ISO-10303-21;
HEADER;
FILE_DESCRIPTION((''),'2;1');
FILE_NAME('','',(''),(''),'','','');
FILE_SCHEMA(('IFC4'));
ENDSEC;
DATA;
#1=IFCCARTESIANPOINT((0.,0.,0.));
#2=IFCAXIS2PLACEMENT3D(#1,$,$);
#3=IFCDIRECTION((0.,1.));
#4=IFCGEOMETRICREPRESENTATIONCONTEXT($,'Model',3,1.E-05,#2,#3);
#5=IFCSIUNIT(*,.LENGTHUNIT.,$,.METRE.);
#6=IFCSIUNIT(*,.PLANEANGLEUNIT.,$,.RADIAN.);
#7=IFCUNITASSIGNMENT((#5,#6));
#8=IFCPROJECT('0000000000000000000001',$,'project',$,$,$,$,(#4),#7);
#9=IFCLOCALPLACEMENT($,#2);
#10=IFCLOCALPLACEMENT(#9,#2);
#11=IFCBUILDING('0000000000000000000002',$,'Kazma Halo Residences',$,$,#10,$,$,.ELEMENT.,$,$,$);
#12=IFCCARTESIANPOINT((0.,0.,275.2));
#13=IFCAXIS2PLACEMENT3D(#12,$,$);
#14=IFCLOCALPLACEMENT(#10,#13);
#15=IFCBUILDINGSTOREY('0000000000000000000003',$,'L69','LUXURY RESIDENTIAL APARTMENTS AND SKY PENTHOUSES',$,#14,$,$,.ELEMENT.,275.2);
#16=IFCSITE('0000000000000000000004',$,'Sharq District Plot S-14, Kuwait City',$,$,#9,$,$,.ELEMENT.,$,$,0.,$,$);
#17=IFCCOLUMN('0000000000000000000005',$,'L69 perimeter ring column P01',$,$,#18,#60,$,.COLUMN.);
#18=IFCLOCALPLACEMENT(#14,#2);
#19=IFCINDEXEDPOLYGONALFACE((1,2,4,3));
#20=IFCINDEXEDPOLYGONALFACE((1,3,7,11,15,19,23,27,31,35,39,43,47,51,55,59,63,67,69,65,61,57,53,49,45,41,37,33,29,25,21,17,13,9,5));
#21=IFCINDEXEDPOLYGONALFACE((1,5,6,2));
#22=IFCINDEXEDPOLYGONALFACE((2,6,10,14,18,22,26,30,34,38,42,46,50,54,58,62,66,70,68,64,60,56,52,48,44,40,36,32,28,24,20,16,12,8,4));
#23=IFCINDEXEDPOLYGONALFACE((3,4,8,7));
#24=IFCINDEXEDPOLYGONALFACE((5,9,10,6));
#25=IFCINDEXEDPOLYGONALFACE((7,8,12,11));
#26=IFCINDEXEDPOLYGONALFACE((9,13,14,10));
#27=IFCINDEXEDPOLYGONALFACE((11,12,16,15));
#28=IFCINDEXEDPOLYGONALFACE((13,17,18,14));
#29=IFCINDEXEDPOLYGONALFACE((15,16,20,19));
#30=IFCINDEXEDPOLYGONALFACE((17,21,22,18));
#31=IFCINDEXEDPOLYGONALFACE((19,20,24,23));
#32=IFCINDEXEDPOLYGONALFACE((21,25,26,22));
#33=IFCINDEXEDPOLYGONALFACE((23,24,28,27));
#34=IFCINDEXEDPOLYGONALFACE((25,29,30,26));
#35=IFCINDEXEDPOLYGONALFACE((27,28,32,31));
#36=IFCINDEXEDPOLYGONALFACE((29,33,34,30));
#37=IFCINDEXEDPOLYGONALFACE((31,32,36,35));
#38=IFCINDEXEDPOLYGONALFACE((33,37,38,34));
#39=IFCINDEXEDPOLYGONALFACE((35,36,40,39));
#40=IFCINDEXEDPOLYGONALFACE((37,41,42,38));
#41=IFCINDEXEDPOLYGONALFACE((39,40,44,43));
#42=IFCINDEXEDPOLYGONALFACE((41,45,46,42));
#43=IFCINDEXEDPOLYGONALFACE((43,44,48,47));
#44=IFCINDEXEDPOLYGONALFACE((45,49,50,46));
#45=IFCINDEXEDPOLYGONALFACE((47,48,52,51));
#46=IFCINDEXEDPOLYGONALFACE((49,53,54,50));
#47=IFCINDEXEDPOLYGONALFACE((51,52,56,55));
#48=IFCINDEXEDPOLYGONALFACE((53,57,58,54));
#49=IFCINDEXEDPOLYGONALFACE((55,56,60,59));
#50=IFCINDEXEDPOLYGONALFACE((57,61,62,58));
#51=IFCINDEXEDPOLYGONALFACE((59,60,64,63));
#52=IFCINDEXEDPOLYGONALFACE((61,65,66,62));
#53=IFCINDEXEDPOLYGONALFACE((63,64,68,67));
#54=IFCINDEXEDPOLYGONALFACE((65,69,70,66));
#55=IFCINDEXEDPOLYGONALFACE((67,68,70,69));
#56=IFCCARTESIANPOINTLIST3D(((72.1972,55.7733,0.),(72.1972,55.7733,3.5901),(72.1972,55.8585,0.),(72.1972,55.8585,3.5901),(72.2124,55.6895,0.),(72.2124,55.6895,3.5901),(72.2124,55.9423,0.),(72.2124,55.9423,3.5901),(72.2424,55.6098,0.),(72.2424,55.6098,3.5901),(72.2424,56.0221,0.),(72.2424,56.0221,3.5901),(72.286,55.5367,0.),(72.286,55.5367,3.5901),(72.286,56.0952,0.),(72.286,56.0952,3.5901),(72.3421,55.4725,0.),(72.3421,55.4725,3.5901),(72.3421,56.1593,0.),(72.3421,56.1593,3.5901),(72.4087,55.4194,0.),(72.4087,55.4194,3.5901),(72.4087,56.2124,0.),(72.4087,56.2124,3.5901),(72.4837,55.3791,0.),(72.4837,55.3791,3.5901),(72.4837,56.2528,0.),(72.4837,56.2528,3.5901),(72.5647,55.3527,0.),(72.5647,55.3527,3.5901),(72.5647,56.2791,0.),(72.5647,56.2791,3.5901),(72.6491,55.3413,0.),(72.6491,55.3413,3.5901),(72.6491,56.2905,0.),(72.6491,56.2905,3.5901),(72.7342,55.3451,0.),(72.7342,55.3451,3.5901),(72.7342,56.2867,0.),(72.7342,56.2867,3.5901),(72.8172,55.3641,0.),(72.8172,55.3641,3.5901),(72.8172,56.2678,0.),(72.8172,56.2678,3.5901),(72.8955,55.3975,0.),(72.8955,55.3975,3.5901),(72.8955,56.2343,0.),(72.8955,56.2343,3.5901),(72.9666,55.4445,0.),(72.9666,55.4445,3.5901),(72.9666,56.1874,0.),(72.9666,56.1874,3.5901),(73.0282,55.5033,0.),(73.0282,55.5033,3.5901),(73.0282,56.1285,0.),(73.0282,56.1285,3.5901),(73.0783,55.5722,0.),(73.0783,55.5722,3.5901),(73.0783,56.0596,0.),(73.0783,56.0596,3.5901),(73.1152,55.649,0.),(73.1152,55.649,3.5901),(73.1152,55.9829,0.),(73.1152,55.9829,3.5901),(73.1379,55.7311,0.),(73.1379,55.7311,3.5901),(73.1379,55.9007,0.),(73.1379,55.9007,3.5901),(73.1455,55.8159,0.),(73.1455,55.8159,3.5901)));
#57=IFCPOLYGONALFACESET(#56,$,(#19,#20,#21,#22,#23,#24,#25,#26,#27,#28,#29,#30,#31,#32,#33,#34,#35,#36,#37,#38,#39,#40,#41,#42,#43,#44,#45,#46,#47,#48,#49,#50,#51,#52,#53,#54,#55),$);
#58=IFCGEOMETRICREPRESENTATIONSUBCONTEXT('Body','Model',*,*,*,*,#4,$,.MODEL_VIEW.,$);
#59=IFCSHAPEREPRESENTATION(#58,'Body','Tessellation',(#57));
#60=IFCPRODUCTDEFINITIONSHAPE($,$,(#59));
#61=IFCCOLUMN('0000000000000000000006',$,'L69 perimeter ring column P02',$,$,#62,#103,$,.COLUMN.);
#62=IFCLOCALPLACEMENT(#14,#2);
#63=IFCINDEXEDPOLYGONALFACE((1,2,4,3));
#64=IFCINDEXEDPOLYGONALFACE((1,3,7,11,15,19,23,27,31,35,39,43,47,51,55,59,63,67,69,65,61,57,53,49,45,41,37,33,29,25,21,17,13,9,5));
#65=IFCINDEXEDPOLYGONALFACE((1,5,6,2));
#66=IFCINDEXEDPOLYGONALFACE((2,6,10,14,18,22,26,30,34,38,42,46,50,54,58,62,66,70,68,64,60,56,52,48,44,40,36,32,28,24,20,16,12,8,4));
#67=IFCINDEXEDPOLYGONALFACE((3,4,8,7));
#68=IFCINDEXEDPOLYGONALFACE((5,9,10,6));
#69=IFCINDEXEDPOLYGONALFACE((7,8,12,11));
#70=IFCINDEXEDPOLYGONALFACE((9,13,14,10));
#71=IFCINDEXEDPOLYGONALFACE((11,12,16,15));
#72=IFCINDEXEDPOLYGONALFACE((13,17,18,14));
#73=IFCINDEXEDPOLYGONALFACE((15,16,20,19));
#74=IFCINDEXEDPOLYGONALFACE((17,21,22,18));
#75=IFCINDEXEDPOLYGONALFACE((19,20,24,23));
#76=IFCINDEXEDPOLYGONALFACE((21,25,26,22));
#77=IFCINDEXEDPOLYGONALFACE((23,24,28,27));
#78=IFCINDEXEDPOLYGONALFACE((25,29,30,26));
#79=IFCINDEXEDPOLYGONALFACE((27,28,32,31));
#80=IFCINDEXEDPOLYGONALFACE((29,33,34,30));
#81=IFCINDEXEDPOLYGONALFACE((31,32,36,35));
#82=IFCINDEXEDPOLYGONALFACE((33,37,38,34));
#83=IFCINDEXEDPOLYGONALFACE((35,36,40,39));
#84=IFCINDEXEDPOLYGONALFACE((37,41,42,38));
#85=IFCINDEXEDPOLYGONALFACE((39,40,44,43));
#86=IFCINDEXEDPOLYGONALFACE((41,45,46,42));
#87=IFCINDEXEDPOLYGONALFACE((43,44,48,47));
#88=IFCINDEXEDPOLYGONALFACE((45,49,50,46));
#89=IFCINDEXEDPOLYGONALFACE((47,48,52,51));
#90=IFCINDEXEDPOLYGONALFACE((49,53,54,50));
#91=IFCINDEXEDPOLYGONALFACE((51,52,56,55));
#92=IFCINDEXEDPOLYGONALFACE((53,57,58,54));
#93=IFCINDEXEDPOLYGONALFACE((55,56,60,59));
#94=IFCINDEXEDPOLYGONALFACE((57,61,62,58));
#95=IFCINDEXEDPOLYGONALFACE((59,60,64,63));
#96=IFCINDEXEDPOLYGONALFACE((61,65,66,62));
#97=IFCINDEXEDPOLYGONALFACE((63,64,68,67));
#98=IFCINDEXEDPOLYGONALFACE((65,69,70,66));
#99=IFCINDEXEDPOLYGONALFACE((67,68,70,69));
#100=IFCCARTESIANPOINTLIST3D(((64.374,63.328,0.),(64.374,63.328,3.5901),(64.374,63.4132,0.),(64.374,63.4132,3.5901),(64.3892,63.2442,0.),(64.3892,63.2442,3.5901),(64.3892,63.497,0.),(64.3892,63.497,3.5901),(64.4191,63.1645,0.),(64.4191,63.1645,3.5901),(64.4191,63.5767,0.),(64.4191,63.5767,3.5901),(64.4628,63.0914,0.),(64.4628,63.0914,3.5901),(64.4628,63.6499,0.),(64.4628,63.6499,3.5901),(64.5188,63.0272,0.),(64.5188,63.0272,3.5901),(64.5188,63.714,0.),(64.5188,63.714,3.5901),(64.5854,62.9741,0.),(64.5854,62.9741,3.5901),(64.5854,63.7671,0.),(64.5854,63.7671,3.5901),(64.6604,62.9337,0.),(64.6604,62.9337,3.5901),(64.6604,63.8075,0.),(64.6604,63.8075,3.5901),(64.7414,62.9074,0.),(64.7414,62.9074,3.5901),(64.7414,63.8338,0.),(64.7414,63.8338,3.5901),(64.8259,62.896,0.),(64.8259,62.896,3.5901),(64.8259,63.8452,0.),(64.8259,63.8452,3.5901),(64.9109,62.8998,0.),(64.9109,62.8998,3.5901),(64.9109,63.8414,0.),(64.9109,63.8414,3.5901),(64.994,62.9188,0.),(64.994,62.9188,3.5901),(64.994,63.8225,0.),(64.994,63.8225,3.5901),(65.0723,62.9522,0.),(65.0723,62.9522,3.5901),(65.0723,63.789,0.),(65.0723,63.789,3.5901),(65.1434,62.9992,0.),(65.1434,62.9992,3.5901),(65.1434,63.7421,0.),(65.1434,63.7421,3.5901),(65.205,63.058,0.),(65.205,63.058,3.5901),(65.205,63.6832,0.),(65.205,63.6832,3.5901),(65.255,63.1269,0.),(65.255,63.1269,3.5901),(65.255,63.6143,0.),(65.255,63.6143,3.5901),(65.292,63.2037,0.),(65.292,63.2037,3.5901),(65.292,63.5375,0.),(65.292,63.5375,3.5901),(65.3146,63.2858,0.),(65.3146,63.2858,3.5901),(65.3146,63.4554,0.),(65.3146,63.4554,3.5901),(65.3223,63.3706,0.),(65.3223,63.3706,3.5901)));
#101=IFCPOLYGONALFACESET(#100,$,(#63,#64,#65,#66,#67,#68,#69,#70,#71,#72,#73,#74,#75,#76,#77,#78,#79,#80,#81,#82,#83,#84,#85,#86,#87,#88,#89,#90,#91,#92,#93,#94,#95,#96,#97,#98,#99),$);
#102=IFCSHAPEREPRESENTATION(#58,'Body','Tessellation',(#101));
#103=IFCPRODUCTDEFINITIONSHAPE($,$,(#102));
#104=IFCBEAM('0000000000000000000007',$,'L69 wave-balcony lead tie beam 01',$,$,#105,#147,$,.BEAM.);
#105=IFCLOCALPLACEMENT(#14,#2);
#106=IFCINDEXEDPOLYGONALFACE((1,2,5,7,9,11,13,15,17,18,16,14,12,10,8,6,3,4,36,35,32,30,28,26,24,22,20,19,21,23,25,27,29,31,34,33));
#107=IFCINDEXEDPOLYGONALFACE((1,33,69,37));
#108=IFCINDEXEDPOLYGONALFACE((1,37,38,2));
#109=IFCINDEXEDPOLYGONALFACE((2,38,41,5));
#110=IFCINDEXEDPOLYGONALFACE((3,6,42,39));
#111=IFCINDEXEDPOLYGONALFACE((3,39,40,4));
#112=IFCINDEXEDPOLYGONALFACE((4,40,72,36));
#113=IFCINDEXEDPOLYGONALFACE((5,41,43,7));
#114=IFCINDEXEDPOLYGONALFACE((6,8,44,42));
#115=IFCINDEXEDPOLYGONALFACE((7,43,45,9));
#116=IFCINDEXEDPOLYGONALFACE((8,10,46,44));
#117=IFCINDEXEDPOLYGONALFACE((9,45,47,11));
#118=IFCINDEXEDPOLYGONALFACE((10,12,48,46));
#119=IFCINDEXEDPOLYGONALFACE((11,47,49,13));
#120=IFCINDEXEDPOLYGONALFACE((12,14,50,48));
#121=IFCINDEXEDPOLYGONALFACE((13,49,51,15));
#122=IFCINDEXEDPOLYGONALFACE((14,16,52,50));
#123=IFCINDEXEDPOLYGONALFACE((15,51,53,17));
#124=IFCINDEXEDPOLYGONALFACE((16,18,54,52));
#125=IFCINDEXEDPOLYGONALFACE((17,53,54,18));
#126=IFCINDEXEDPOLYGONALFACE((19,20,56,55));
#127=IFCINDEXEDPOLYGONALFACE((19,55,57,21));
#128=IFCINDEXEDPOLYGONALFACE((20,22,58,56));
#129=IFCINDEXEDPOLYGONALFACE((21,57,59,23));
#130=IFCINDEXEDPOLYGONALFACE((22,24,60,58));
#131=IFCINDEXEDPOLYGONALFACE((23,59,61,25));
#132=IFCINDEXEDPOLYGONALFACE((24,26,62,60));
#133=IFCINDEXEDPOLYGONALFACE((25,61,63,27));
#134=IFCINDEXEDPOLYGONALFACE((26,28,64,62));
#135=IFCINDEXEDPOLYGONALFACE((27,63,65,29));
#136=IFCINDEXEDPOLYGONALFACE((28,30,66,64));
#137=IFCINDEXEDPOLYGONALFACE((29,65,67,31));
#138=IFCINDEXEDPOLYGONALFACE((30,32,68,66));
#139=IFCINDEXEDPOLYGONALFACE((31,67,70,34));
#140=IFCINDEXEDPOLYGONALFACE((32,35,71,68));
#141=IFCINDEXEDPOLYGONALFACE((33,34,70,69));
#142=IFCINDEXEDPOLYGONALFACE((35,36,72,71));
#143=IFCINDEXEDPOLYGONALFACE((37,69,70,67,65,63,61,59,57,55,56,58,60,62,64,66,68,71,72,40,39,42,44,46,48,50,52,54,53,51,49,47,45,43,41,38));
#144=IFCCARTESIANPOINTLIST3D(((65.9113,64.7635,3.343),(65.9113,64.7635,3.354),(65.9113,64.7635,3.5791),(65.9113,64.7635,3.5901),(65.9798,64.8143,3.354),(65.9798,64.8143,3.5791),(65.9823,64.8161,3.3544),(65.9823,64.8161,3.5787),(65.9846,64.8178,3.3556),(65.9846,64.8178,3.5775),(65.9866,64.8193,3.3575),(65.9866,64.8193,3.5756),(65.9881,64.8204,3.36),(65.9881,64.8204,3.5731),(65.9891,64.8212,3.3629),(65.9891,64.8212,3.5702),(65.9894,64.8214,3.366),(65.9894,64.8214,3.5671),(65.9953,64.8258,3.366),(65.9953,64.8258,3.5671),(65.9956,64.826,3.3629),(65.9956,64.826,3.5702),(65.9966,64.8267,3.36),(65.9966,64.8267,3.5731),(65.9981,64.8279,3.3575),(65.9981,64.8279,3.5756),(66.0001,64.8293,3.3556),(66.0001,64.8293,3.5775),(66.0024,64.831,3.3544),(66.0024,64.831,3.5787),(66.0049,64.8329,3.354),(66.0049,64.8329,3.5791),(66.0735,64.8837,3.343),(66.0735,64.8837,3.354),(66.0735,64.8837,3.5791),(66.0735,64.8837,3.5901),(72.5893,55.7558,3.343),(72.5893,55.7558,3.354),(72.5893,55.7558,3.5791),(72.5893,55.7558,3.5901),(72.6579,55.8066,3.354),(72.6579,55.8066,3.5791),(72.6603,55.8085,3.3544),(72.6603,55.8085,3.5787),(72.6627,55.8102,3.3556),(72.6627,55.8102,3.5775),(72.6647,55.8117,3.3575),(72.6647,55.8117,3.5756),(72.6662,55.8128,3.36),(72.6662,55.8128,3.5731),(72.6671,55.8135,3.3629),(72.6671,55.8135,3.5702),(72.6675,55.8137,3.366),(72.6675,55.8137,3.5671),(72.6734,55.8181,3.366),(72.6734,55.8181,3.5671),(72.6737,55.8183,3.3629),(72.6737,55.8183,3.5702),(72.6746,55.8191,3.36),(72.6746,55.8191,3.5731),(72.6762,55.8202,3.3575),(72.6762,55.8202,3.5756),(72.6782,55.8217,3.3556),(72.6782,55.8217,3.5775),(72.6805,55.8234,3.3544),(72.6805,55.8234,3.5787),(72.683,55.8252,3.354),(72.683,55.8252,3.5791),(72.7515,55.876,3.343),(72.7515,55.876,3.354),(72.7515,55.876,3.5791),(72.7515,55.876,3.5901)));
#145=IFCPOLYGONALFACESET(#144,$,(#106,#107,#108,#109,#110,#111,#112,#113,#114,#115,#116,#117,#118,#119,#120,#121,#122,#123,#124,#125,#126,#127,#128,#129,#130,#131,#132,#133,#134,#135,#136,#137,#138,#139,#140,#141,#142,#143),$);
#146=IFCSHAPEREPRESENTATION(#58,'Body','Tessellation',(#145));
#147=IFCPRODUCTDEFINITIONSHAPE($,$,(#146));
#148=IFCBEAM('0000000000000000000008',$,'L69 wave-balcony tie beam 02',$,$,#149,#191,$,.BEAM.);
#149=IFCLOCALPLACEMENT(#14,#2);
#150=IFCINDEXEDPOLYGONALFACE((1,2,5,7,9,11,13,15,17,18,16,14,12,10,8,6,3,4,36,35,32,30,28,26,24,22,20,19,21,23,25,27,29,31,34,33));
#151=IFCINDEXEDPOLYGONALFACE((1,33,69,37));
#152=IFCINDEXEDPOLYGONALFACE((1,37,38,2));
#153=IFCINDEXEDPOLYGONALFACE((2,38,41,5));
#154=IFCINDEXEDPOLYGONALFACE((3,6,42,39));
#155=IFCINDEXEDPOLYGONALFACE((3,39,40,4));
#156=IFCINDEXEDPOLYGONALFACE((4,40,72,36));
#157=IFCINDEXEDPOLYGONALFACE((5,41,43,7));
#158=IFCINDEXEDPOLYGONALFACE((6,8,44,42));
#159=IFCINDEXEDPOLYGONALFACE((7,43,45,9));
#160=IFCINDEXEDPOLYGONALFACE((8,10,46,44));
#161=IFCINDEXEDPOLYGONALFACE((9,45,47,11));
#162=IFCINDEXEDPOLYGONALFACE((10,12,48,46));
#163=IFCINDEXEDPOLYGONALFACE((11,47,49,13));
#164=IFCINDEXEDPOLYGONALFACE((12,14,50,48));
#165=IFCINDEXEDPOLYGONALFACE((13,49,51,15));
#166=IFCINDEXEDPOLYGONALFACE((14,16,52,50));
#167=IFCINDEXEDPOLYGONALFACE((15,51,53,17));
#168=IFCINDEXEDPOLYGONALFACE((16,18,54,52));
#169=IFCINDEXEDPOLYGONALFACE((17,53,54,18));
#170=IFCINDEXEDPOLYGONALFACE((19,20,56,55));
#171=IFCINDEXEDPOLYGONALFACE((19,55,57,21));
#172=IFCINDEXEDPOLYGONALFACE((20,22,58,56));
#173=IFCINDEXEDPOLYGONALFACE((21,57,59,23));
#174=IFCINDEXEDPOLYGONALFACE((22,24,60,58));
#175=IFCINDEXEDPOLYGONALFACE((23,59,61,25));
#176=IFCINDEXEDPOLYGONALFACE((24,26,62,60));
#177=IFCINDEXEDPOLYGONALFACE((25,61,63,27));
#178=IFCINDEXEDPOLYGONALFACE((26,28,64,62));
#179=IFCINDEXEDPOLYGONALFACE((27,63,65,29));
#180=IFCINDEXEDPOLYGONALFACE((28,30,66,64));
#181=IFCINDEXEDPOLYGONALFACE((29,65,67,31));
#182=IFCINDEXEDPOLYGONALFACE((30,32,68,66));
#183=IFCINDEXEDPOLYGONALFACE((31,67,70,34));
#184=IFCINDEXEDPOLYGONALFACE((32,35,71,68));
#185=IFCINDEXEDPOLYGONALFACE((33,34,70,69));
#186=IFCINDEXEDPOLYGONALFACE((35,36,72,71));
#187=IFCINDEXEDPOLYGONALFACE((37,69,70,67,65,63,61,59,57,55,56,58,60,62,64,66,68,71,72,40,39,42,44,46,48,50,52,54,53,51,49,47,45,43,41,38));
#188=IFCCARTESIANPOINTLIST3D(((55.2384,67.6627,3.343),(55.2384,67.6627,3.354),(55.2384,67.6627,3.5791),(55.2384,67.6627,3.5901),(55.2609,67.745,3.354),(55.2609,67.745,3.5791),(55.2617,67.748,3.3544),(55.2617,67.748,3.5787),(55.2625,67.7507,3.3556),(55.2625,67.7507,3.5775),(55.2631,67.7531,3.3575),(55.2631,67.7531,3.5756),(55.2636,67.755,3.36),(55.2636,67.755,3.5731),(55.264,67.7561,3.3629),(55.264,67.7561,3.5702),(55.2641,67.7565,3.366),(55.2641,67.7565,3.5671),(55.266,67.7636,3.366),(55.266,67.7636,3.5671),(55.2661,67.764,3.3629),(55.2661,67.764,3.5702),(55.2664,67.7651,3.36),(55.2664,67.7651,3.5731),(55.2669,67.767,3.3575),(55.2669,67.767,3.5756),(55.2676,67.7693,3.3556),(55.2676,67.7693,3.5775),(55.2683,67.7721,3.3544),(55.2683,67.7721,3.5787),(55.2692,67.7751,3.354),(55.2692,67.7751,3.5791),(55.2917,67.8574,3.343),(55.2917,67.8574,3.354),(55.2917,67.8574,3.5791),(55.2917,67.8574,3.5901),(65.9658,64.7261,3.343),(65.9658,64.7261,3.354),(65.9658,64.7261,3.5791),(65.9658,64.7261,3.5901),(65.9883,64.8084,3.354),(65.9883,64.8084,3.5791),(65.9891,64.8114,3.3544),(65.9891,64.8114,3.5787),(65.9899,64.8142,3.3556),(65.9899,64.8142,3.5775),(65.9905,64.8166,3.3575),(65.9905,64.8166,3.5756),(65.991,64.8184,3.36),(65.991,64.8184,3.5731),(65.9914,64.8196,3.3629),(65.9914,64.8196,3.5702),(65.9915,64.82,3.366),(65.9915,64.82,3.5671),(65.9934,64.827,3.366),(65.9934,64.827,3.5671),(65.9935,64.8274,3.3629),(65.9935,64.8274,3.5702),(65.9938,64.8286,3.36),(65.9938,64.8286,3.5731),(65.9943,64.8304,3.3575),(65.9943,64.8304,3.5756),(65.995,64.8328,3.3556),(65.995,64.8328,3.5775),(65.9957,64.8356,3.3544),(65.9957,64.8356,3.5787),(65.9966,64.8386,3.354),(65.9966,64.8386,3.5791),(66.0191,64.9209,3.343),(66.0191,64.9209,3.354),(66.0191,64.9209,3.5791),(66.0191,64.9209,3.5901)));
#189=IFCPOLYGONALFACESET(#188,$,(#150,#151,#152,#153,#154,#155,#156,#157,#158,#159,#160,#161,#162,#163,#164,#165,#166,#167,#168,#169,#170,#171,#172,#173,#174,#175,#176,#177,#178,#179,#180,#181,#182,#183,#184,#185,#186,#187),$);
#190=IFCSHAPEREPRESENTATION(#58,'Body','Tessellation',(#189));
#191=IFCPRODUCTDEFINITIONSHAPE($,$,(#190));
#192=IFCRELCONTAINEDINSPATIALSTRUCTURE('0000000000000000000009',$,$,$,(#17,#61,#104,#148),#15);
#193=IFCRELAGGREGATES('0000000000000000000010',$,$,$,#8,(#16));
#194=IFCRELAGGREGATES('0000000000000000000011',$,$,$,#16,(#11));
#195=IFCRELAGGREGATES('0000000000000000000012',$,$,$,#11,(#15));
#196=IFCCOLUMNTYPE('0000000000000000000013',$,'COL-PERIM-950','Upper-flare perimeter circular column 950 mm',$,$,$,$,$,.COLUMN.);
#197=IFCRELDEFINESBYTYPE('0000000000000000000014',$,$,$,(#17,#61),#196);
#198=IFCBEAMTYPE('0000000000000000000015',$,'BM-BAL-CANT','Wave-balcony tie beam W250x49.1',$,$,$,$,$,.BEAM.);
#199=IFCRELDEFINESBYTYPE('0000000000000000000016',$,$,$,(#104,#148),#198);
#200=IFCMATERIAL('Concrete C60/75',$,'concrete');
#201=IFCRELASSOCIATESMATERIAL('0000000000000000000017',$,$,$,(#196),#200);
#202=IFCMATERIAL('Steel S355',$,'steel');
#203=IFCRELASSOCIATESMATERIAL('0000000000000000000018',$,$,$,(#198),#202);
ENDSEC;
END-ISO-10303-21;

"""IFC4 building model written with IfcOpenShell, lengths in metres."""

from ifc_helpers import new_model, si_unit, direction, frame, origin, origin_2d, place, context, subcontext, project, spatial, circle, i_section, extrude, material, material_profile, profile_set, type_object, element, save


model = new_model("IFC4")

# Units and contexts
model_context = context("Model", 3, precision=1e-05, world=origin(), true_north=direction((0.0, 1.0)))
body_context = subcontext(model_context, "Body", "Model", "MODEL_VIEW")
ifc_project = project(units=[si_unit("LENGTHUNIT", "METRE"), si_unit("PLANEANGLEUNIT", "RADIAN")], contexts=[model_context])

# Site, building, storey
site_placement = place(None, origin())
site = spatial("IfcSite", under=ifc_project, at=site_placement, Name="Sharq District Plot S-14, Kuwait City", CompositionType="ELEMENT", RefElevation=0.0)
building_placement = place(site_placement, origin())
building = spatial("IfcBuilding", under=site, at=building_placement, Name="Kazma Halo Residences", CompositionType="ELEMENT")
storey_placement = place(building_placement, frame((0.0, 0.0, 275.2)))
storey = spatial("IfcBuildingStorey", under=building, at=storey_placement, Name="L69", Description="LUXURY RESIDENTIAL APARTMENTS AND SKY PENTHOUSES", CompositionType="ELEMENT", Elevation=275.2)

# Columns
ifc_material_1 = material(Name="Concrete C60/75", Category="concrete")
ifc_material_profile_1 = material_profile(ifc_material_1, circle(Radius=0.4751, at=origin_2d()), Name="CIRC950")
ifc_profile_set_1 = profile_set([ifc_material_profile_1], Name="Concrete C60/75")
column_type = type_object("IfcColumnType", Name="COL-PERIM-950", Description="Upper-flare perimeter circular column 950 mm", PredefinedType="COLUMN", material=ifc_profile_set_1)
for number, where, z_axis, x_axis, name in (
    (1, (72.6704, 55.8159, 0.0), (0.0, 0.0, 1.0), (1.0, 0.0, 0.0), "L69 perimeter ring column P01"),
    (2, (64.8472, 63.3706, 0.0), (0.0, 0.0, 1.0), (1.0, 0.0, 0.0), "L69 perimeter ring column P02"),
):
    element("IfcColumn", number, at=place(storey_placement, frame(where, z_axis=z_axis, x_axis=x_axis)), inside=storey, type_object=column_type, Name=name, PredefinedType="COLUMN", context=body_context, shape_type="SweptSolid", body=[
        extrude(circle(Radius=0.4751, at=origin_2d()), origin(), (0.0, 0.0, 1.0), 3.5901),
    ])

# Beams
ifc_material_2 = material(Name="Steel S355", Category="steel")
ifc_material_profile_2 = material_profile(ifc_material_2, i_section(OverallWidth=0.2019, OverallDepth=0.2471, WebThickness=0.0073, FlangeThickness=0.011, FilletRadius=0.012, at=origin_2d()), Name="W250x49.1")
ifc_profile_set_2 = profile_set([ifc_material_profile_2], Name="Steel S355")
beam_type_1 = type_object("IfcBeamType", Name="BM-BAL-CANT", Description="Wave-balcony tie beam W250x49.1", PredefinedType="BEAM", material=ifc_profile_set_2)
beam_1_placement = place(storey_placement, frame((72.6704, 55.8159, 3.4666), z_axis=(-0.595556, 0.803314, 0.0), x_axis=(-0.803314, -0.595556, 0.0)))
element("IfcBeam", 3, at=beam_1_placement, inside=storey, type_object=beam_type_1, Name="L69 wave-balcony lead tie beam 01", PredefinedType="BEAM", context=body_context, shape_type="SweptSolid", body=[
    extrude(i_section(OverallWidth=0.2019, OverallDepth=0.2471, WebThickness=0.0073, FlangeThickness=0.011, FilletRadius=0.012, at=origin_2d()), origin(), (0.0, 0.0, 1.0), 11.2131),
])
beam_2_placement = place(storey_placement, frame((65.9924, 64.8235, 3.4666), z_axis=(-0.964515, 0.264029, 0.0), x_axis=(-0.264029, -0.964515, 0.0)))
element("IfcBeam", 4, at=beam_2_placement, inside=storey, type_object=beam_type_1, Name="L69 wave-balcony tie beam 02", PredefinedType="BEAM", context=body_context, shape_type="SweptSolid", body=[
    extrude(i_section(OverallWidth=0.2019, OverallDepth=0.2471, WebThickness=0.0073, FlangeThickness=0.011, FilletRadius=0.012, at=origin_2d()), origin(), (0.0, 0.0, 1.0), 11.1221),
])

save(model, "model.ifc")
